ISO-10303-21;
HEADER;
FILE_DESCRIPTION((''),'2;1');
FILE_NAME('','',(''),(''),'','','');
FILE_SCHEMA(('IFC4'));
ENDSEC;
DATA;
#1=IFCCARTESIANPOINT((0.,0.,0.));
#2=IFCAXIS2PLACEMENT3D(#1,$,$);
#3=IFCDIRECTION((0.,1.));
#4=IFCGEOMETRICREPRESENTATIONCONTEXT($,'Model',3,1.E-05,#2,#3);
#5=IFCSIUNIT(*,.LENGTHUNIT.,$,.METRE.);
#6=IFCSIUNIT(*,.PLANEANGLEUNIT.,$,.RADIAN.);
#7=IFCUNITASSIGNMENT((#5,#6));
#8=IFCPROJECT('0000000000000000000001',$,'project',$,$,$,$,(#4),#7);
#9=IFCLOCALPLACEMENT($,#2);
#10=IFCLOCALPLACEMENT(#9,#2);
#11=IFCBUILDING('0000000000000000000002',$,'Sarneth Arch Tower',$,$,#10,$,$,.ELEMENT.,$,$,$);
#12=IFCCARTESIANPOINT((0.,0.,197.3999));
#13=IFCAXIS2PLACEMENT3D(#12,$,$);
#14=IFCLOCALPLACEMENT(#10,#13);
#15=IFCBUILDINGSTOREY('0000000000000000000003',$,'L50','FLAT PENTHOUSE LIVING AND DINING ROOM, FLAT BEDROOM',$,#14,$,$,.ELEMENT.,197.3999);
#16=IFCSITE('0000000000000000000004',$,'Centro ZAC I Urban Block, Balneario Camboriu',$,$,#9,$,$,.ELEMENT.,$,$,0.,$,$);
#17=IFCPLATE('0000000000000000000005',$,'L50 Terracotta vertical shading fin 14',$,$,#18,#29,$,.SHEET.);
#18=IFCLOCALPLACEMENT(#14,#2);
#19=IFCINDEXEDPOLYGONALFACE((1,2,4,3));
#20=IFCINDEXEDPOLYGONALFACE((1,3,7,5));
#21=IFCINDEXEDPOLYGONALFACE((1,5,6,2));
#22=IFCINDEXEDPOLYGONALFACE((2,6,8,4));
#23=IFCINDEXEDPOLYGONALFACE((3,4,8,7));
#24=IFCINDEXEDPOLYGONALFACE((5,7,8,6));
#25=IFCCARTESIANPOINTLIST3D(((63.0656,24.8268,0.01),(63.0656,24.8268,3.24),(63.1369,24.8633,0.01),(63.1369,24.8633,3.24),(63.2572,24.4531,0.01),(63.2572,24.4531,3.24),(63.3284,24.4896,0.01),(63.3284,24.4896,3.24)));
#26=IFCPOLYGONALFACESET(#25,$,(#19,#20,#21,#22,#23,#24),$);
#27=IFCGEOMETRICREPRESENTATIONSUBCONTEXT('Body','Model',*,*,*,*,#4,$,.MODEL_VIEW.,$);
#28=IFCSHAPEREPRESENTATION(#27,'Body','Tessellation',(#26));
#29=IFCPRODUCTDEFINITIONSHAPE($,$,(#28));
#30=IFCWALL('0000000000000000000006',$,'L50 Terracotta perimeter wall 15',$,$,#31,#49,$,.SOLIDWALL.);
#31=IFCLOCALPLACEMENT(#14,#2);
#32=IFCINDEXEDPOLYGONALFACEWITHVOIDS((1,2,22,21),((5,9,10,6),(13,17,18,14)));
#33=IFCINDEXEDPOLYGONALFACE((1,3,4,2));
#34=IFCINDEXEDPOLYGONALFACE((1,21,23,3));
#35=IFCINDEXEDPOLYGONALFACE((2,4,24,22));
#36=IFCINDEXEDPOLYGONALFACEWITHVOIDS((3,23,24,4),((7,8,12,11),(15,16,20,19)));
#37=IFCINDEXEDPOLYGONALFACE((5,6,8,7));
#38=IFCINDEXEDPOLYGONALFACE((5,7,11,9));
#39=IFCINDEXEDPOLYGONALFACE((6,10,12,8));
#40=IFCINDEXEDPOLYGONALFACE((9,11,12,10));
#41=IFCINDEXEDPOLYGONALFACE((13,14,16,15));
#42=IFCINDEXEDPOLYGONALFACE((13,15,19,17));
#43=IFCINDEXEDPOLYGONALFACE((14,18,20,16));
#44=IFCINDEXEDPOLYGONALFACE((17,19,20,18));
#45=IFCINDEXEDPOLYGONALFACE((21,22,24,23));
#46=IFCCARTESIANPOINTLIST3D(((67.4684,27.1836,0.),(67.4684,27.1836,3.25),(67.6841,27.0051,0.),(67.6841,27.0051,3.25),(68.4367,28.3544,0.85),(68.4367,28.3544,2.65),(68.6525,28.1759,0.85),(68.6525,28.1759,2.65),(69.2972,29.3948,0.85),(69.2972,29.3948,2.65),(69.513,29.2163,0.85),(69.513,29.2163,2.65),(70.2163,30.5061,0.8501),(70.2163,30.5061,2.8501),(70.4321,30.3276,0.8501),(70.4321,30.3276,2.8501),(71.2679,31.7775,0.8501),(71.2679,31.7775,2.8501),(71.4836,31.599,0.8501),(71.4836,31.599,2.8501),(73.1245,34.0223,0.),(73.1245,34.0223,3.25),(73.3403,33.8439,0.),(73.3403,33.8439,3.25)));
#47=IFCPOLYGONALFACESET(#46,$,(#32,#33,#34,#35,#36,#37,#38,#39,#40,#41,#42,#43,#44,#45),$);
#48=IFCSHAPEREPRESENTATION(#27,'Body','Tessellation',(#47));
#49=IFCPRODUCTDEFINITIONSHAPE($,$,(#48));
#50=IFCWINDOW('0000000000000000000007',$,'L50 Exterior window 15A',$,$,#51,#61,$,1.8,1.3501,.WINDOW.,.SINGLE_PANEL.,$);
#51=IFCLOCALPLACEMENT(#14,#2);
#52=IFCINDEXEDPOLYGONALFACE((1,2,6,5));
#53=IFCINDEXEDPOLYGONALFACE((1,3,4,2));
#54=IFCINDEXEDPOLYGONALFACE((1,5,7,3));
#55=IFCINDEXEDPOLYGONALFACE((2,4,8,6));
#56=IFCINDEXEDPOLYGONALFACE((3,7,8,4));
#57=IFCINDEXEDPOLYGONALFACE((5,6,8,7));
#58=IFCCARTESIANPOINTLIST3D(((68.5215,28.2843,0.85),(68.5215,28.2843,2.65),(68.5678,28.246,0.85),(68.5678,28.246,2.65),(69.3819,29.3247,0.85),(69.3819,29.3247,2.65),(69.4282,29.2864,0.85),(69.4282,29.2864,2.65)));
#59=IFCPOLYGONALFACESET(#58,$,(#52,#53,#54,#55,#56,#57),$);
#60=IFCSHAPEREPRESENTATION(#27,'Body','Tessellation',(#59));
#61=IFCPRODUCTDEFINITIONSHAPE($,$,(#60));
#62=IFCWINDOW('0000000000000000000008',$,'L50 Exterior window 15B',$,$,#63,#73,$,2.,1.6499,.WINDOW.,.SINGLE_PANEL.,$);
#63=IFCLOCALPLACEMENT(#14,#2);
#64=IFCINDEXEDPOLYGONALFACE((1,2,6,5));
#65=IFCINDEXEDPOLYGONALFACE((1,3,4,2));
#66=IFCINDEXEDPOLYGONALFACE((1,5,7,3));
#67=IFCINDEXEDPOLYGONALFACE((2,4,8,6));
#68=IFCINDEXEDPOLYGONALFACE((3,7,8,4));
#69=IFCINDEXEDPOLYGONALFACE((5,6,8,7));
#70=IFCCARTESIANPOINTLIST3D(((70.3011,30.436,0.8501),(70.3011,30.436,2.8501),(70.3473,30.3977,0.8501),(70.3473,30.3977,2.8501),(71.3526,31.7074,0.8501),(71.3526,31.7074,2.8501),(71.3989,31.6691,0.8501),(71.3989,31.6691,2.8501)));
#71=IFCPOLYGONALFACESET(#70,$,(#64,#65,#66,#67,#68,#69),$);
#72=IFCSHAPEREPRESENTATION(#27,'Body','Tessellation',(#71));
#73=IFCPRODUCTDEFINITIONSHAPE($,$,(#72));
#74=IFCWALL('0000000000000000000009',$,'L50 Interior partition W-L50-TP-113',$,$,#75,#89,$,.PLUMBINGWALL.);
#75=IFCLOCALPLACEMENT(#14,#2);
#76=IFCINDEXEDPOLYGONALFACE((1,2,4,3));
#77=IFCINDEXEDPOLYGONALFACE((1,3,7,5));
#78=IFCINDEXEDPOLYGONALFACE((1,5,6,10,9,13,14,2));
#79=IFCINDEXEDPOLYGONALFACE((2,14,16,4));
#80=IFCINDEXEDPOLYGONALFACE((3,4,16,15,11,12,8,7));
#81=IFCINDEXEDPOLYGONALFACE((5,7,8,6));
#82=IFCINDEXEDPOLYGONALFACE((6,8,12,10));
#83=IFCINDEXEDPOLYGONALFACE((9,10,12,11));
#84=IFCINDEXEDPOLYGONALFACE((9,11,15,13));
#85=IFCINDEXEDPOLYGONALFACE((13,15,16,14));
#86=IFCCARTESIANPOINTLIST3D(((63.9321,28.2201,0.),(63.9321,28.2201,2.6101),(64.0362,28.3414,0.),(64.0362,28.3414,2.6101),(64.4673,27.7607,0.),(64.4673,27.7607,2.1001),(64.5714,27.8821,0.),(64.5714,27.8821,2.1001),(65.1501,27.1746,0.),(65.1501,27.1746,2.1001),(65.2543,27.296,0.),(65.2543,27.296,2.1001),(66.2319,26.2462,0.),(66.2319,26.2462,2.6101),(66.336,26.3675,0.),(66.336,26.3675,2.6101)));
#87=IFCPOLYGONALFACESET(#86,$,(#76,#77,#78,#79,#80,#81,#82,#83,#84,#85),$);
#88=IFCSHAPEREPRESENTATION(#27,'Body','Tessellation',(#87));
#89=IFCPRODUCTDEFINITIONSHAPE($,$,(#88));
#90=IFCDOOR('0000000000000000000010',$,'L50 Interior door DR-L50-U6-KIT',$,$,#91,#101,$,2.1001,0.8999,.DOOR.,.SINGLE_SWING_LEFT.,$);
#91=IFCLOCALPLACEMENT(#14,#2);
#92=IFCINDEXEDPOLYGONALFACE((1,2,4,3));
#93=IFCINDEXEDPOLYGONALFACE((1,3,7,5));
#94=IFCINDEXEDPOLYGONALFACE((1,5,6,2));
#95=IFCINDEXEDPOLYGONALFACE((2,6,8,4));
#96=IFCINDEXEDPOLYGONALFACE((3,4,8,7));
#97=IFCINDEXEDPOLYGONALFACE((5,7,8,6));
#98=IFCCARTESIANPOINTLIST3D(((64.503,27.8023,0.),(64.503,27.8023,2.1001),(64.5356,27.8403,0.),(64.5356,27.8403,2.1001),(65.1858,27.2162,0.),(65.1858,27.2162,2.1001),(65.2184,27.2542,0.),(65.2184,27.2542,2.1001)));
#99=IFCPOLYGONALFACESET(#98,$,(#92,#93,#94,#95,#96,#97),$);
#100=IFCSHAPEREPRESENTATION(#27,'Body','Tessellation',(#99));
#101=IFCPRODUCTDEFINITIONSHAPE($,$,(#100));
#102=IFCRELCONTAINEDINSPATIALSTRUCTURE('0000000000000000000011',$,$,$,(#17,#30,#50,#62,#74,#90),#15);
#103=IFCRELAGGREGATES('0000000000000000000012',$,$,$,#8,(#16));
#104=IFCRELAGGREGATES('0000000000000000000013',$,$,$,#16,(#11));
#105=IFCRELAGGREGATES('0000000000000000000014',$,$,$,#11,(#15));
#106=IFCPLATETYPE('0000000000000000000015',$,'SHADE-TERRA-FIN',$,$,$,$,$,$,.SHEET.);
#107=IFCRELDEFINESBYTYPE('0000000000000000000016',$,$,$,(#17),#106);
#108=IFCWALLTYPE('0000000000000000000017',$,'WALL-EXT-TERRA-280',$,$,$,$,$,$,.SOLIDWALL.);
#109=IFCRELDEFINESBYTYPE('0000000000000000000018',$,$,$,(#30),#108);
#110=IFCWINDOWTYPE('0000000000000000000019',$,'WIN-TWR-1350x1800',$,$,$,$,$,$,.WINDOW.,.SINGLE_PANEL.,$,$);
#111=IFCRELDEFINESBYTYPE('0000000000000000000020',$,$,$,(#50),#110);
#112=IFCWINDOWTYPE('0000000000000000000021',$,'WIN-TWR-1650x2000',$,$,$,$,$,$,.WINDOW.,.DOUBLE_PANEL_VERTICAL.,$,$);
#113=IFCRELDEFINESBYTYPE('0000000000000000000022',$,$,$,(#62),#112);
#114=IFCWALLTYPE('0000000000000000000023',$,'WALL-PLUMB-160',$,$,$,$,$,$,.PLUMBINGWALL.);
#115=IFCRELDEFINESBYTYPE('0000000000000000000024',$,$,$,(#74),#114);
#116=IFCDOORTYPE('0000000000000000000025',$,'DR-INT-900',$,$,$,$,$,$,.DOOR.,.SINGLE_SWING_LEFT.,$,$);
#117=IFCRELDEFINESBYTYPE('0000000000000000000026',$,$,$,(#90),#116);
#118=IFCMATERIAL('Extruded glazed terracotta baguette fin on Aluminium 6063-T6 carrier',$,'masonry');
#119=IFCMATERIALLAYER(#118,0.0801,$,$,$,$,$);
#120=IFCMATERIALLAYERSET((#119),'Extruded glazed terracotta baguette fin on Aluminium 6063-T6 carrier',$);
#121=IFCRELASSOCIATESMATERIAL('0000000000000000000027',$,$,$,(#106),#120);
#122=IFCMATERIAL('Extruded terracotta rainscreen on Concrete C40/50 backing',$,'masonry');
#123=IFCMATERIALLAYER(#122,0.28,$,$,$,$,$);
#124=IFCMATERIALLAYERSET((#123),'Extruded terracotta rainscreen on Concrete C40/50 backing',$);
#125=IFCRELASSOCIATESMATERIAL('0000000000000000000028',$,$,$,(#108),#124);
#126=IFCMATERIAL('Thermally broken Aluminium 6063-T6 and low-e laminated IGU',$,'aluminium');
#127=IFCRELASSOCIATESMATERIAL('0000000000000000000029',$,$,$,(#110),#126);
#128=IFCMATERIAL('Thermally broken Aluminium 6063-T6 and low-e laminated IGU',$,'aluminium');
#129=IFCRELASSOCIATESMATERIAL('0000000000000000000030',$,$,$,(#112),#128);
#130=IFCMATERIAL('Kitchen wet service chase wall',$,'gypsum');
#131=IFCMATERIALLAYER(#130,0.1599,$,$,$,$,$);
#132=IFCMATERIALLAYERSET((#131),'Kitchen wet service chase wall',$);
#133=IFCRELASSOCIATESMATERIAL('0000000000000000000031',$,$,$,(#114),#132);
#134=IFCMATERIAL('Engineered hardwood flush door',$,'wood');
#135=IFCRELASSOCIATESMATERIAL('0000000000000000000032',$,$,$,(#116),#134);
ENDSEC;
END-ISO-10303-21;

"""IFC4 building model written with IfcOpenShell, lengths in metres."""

from ifc_helpers import new_model, si_unit, direction, frame, frame_2d, origin, origin_2d, place, context, subcontext, project, spatial, rectangle, extrude, material, layer, layer_set, type_object, element, fill, save


model = new_model("IFC4")

# Units and contexts
model_context = context("Model", 3, precision=1e-05, world=origin(), true_north=direction((0.0, 1.0)))
body_context = subcontext(model_context, "Body", "Model", "MODEL_VIEW")
ifc_project = project(units=[si_unit("LENGTHUNIT", "METRE"), si_unit("PLANEANGLEUNIT", "RADIAN")], contexts=[model_context])

# Site, building, storey
site_placement = place(None, origin())
site = spatial("IfcSite", under=ifc_project, at=site_placement, Name="Centro ZAC I Urban Block, Balneario Camboriu", CompositionType="ELEMENT", RefElevation=0.0)
building_placement = place(site_placement, origin())
building = spatial("IfcBuilding", under=site, at=building_placement, Name="Sarneth Arch Tower", CompositionType="ELEMENT")
storey_placement = place(building_placement, frame((0.0, 0.0, 197.3999)))
storey = spatial("IfcBuildingStorey", under=building, at=storey_placement, Name="L50", Description="FLAT PENTHOUSE LIVING AND DINING ROOM, FLAT BEDROOM", CompositionType="ELEMENT", Elevation=197.3999)

# Plate
ifc_material_1 = material(Name="Extruded glazed terracotta baguette fin on Aluminium 6063-T6 carrier", Category="masonry")
ifc_layer_1 = layer(ifc_material_1, 0.0801)
ifc_layer_set_1 = layer_set([ifc_layer_1], Name="Extruded glazed terracotta baguette fin on Aluminium 6063-T6 carrier")
plate_type_1 = type_object("IfcPlateType", Name="SHADE-TERRA-FIN", PredefinedType="SHEET", material=ifc_layer_set_1)
plate_1_placement = place(storey_placement, frame((63.197, 24.6582, 0.01), z_axis=(0.0, 0.0, 1.0), x_axis=(0.456166, -0.889895, 0.0)))
element("IfcPlate", 1, at=plate_1_placement, inside=storey, type_object=plate_type_1, Name="L50 Terracotta vertical shading fin 14", PredefinedType="SHEET", context=body_context, shape_type="SweptSolid", body=[
    extrude(rectangle(XDim=0.4199, YDim=0.0801, at=origin_2d()), origin(), (0.0, 0.0, 1.0), 3.23),
])

# Wall, openings, windows
ifc_material_2 = material(Name="Extruded terracotta rainscreen on Concrete C40/50 backing", Category="masonry")
ifc_layer_2 = layer(ifc_material_2, 0.28)
ifc_layer_set_2 = layer_set([ifc_layer_2], Name="Extruded terracotta rainscreen on Concrete C40/50 backing")
wall_type_1 = type_object("IfcWallType", Name="WALL-EXT-TERRA-280", PredefinedType="SOLIDWALL", material=ifc_layer_set_2)
wall_1_placement = place(storey_placement, frame((67.5762, 27.0942, 0.0), z_axis=(0.0, 0.0, 1.0), x_axis=(0.637333, 0.770588, 0.0)))
wall_1 = element("IfcWall", 2, at=wall_1_placement, inside=storey, type_object=wall_type_1, Name="L50 Terracotta perimeter wall 15", PredefinedType="SOLIDWALL", context=body_context, shape_type="SweptSolid", body=[
    extrude(rectangle(XDim=8.8748, YDim=0.28, at=frame_2d((4.4375, 0.0))), origin(), (0.0, 0.0, 1.0), 3.25),
])
opening_1_placement = place(wall_1_placement, frame((1.5195, 0.0, 0.8501)))
opening_1 = element("IfcOpeningElement", 3, at=opening_1_placement, cuts=wall_1, PredefinedType="OPENING", context=body_context, shape_type="SweptSolid", body=[
    extrude(rectangle(XDim=1.3501, YDim=1.8, at=frame_2d((0.675, 0.8999))), frame((0.0, 0.1499, 0.0), z_axis=(0.0, -1.0, 0.0), x_axis=(1.0, 0.0, 0.0)), (0.0, 0.0, 1.0), 0.3),
])
opening_2_placement = place(wall_1_placement, frame((4.3118, 0.0, 0.8501)))
opening_2 = element("IfcOpeningElement", 4, at=opening_2_placement, cuts=wall_1, PredefinedType="OPENING", context=body_context, shape_type="SweptSolid", body=[
    extrude(rectangle(XDim=1.6499, YDim=2.0, at=frame_2d((0.825, 1.0))), frame((0.0, 0.1499, 0.0), z_axis=(0.0, -1.0, 0.0), x_axis=(1.0, 0.0, 0.0)), (0.0, 0.0, 1.0), 0.3),
])
ifc_material_3 = material(Name="Thermally broken Aluminium 6063-T6 and low-e laminated IGU", Category="aluminium")
window_type_1 = type_object("IfcWindowType", Name="WIN-TWR-1350x1800", PartitioningType="SINGLE_PANEL", PredefinedType="WINDOW", material=ifc_material_3)
window_1_placement = place(opening_1_placement, origin())
window_1 = element("IfcWindow", 5, at=window_1_placement, inside=storey, type_object=window_type_1, Name="L50 Exterior window 15A", OverallHeight=1.8, OverallWidth=1.3501, PartitioningType="SINGLE_PANEL", PredefinedType="WINDOW", context=body_context, shape_type="SweptSolid", body=[
    extrude(rectangle(XDim=1.3501, YDim=1.8, at=frame_2d((0.675, 0.8999))), frame((0.0, 0.03, 0.0), z_axis=(0.0, -1.0, 0.0), x_axis=(1.0, 0.0, 0.0)), (0.0, 0.0, 1.0), 0.0601),
])
fill(opening_1, window_1)
ifc_material_4 = material(Name="Thermally broken Aluminium 6063-T6 and low-e laminated IGU", Category="aluminium")
window_type_2 = type_object("IfcWindowType", Name="WIN-TWR-1650x2000", PartitioningType="DOUBLE_PANEL_VERTICAL", PredefinedType="WINDOW", material=ifc_material_4)
window_2_placement = place(opening_2_placement, origin())
window_2 = element("IfcWindow", 6, at=window_2_placement, inside=storey, type_object=window_type_2, Name="L50 Exterior window 15B", OverallHeight=2.0, OverallWidth=1.6499, PartitioningType="SINGLE_PANEL", PredefinedType="WINDOW", context=body_context, shape_type="SweptSolid", body=[
    extrude(rectangle(XDim=1.6499, YDim=2.0, at=frame_2d((0.825, 1.0))), frame((0.0, 0.03, 0.0), z_axis=(0.0, -1.0, 0.0), x_axis=(1.0, 0.0, 0.0)), (0.0, 0.0, 1.0), 0.0601),
])
fill(opening_2, window_2)

# Wall, opening, door
ifc_material_5 = material(Name="Kitchen wet service chase wall", Category="gypsum")
ifc_layer_3 = layer(ifc_material_5, 0.1599)
ifc_layer_set_3 = layer_set([ifc_layer_3], Name="Kitchen wet service chase wall")
wall_type_2 = type_object("IfcWallType", Name="WALL-PLUMB-160", PredefinedType="PLUMBINGWALL", material=ifc_layer_set_3)
wall_2_placement = place(storey_placement, frame((63.9841, 28.2808, 0.0), z_axis=(0.0, 0.0, 1.0), x_axis=(0.75883, -0.651289, 0.0)))
wall_2 = element("IfcWall", 7, at=wall_2_placement, inside=storey, type_object=wall_type_2, Name="L50 Interior partition W-L50-TP-113", PredefinedType="PLUMBINGWALL", context=body_context, shape_type="SweptSolid", body=[
    extrude(rectangle(XDim=3.0308, YDim=0.1599, at=frame_2d((1.5154, 0.0))), origin(), (0.0, 0.0, 1.0), 2.6101),
])
opening_3_placement = place(wall_2_placement, frame((0.7053, 0.0, 0.0)))
opening_3 = element("IfcOpeningElement", 8, at=opening_3_placement, cuts=wall_2, PredefinedType="OPENING", context=body_context, shape_type="SweptSolid", body=[
    extrude(rectangle(XDim=0.8999, YDim=2.1001, at=frame_2d((0.45, 1.05))), frame((0.0, 0.0898, 0.0), z_axis=(0.0, -1.0, 0.0), x_axis=(1.0, 0.0, 0.0)), (0.0, 0.0, 1.0), 0.1799),
])
ifc_material_6 = material(Name="Engineered hardwood flush door", Category="wood")
door_type = type_object("IfcDoorType", Name="DR-INT-900", OperationType="SINGLE_SWING_LEFT", PredefinedType="DOOR", material=ifc_material_6)
door_placement = place(opening_3_placement, origin())
door = element("IfcDoor", 9, at=door_placement, inside=storey, type_object=door_type, Name="L50 Interior door DR-L50-U6-KIT", OperationType="SINGLE_SWING_LEFT", OverallHeight=2.1001, OverallWidth=0.8999, PredefinedType="DOOR", context=body_context, shape_type="SweptSolid", body=[
    extrude(rectangle(XDim=0.8999, YDim=2.1001, at=frame_2d((0.45, 1.05))), frame((0.0, 0.0249, 0.0), z_axis=(0.0, -1.0, 0.0), x_axis=(1.0, 0.0, 0.0)), (0.0, 0.0, 1.0), 0.05),
])
fill(opening_3, door)

save(model, "model.ifc")
